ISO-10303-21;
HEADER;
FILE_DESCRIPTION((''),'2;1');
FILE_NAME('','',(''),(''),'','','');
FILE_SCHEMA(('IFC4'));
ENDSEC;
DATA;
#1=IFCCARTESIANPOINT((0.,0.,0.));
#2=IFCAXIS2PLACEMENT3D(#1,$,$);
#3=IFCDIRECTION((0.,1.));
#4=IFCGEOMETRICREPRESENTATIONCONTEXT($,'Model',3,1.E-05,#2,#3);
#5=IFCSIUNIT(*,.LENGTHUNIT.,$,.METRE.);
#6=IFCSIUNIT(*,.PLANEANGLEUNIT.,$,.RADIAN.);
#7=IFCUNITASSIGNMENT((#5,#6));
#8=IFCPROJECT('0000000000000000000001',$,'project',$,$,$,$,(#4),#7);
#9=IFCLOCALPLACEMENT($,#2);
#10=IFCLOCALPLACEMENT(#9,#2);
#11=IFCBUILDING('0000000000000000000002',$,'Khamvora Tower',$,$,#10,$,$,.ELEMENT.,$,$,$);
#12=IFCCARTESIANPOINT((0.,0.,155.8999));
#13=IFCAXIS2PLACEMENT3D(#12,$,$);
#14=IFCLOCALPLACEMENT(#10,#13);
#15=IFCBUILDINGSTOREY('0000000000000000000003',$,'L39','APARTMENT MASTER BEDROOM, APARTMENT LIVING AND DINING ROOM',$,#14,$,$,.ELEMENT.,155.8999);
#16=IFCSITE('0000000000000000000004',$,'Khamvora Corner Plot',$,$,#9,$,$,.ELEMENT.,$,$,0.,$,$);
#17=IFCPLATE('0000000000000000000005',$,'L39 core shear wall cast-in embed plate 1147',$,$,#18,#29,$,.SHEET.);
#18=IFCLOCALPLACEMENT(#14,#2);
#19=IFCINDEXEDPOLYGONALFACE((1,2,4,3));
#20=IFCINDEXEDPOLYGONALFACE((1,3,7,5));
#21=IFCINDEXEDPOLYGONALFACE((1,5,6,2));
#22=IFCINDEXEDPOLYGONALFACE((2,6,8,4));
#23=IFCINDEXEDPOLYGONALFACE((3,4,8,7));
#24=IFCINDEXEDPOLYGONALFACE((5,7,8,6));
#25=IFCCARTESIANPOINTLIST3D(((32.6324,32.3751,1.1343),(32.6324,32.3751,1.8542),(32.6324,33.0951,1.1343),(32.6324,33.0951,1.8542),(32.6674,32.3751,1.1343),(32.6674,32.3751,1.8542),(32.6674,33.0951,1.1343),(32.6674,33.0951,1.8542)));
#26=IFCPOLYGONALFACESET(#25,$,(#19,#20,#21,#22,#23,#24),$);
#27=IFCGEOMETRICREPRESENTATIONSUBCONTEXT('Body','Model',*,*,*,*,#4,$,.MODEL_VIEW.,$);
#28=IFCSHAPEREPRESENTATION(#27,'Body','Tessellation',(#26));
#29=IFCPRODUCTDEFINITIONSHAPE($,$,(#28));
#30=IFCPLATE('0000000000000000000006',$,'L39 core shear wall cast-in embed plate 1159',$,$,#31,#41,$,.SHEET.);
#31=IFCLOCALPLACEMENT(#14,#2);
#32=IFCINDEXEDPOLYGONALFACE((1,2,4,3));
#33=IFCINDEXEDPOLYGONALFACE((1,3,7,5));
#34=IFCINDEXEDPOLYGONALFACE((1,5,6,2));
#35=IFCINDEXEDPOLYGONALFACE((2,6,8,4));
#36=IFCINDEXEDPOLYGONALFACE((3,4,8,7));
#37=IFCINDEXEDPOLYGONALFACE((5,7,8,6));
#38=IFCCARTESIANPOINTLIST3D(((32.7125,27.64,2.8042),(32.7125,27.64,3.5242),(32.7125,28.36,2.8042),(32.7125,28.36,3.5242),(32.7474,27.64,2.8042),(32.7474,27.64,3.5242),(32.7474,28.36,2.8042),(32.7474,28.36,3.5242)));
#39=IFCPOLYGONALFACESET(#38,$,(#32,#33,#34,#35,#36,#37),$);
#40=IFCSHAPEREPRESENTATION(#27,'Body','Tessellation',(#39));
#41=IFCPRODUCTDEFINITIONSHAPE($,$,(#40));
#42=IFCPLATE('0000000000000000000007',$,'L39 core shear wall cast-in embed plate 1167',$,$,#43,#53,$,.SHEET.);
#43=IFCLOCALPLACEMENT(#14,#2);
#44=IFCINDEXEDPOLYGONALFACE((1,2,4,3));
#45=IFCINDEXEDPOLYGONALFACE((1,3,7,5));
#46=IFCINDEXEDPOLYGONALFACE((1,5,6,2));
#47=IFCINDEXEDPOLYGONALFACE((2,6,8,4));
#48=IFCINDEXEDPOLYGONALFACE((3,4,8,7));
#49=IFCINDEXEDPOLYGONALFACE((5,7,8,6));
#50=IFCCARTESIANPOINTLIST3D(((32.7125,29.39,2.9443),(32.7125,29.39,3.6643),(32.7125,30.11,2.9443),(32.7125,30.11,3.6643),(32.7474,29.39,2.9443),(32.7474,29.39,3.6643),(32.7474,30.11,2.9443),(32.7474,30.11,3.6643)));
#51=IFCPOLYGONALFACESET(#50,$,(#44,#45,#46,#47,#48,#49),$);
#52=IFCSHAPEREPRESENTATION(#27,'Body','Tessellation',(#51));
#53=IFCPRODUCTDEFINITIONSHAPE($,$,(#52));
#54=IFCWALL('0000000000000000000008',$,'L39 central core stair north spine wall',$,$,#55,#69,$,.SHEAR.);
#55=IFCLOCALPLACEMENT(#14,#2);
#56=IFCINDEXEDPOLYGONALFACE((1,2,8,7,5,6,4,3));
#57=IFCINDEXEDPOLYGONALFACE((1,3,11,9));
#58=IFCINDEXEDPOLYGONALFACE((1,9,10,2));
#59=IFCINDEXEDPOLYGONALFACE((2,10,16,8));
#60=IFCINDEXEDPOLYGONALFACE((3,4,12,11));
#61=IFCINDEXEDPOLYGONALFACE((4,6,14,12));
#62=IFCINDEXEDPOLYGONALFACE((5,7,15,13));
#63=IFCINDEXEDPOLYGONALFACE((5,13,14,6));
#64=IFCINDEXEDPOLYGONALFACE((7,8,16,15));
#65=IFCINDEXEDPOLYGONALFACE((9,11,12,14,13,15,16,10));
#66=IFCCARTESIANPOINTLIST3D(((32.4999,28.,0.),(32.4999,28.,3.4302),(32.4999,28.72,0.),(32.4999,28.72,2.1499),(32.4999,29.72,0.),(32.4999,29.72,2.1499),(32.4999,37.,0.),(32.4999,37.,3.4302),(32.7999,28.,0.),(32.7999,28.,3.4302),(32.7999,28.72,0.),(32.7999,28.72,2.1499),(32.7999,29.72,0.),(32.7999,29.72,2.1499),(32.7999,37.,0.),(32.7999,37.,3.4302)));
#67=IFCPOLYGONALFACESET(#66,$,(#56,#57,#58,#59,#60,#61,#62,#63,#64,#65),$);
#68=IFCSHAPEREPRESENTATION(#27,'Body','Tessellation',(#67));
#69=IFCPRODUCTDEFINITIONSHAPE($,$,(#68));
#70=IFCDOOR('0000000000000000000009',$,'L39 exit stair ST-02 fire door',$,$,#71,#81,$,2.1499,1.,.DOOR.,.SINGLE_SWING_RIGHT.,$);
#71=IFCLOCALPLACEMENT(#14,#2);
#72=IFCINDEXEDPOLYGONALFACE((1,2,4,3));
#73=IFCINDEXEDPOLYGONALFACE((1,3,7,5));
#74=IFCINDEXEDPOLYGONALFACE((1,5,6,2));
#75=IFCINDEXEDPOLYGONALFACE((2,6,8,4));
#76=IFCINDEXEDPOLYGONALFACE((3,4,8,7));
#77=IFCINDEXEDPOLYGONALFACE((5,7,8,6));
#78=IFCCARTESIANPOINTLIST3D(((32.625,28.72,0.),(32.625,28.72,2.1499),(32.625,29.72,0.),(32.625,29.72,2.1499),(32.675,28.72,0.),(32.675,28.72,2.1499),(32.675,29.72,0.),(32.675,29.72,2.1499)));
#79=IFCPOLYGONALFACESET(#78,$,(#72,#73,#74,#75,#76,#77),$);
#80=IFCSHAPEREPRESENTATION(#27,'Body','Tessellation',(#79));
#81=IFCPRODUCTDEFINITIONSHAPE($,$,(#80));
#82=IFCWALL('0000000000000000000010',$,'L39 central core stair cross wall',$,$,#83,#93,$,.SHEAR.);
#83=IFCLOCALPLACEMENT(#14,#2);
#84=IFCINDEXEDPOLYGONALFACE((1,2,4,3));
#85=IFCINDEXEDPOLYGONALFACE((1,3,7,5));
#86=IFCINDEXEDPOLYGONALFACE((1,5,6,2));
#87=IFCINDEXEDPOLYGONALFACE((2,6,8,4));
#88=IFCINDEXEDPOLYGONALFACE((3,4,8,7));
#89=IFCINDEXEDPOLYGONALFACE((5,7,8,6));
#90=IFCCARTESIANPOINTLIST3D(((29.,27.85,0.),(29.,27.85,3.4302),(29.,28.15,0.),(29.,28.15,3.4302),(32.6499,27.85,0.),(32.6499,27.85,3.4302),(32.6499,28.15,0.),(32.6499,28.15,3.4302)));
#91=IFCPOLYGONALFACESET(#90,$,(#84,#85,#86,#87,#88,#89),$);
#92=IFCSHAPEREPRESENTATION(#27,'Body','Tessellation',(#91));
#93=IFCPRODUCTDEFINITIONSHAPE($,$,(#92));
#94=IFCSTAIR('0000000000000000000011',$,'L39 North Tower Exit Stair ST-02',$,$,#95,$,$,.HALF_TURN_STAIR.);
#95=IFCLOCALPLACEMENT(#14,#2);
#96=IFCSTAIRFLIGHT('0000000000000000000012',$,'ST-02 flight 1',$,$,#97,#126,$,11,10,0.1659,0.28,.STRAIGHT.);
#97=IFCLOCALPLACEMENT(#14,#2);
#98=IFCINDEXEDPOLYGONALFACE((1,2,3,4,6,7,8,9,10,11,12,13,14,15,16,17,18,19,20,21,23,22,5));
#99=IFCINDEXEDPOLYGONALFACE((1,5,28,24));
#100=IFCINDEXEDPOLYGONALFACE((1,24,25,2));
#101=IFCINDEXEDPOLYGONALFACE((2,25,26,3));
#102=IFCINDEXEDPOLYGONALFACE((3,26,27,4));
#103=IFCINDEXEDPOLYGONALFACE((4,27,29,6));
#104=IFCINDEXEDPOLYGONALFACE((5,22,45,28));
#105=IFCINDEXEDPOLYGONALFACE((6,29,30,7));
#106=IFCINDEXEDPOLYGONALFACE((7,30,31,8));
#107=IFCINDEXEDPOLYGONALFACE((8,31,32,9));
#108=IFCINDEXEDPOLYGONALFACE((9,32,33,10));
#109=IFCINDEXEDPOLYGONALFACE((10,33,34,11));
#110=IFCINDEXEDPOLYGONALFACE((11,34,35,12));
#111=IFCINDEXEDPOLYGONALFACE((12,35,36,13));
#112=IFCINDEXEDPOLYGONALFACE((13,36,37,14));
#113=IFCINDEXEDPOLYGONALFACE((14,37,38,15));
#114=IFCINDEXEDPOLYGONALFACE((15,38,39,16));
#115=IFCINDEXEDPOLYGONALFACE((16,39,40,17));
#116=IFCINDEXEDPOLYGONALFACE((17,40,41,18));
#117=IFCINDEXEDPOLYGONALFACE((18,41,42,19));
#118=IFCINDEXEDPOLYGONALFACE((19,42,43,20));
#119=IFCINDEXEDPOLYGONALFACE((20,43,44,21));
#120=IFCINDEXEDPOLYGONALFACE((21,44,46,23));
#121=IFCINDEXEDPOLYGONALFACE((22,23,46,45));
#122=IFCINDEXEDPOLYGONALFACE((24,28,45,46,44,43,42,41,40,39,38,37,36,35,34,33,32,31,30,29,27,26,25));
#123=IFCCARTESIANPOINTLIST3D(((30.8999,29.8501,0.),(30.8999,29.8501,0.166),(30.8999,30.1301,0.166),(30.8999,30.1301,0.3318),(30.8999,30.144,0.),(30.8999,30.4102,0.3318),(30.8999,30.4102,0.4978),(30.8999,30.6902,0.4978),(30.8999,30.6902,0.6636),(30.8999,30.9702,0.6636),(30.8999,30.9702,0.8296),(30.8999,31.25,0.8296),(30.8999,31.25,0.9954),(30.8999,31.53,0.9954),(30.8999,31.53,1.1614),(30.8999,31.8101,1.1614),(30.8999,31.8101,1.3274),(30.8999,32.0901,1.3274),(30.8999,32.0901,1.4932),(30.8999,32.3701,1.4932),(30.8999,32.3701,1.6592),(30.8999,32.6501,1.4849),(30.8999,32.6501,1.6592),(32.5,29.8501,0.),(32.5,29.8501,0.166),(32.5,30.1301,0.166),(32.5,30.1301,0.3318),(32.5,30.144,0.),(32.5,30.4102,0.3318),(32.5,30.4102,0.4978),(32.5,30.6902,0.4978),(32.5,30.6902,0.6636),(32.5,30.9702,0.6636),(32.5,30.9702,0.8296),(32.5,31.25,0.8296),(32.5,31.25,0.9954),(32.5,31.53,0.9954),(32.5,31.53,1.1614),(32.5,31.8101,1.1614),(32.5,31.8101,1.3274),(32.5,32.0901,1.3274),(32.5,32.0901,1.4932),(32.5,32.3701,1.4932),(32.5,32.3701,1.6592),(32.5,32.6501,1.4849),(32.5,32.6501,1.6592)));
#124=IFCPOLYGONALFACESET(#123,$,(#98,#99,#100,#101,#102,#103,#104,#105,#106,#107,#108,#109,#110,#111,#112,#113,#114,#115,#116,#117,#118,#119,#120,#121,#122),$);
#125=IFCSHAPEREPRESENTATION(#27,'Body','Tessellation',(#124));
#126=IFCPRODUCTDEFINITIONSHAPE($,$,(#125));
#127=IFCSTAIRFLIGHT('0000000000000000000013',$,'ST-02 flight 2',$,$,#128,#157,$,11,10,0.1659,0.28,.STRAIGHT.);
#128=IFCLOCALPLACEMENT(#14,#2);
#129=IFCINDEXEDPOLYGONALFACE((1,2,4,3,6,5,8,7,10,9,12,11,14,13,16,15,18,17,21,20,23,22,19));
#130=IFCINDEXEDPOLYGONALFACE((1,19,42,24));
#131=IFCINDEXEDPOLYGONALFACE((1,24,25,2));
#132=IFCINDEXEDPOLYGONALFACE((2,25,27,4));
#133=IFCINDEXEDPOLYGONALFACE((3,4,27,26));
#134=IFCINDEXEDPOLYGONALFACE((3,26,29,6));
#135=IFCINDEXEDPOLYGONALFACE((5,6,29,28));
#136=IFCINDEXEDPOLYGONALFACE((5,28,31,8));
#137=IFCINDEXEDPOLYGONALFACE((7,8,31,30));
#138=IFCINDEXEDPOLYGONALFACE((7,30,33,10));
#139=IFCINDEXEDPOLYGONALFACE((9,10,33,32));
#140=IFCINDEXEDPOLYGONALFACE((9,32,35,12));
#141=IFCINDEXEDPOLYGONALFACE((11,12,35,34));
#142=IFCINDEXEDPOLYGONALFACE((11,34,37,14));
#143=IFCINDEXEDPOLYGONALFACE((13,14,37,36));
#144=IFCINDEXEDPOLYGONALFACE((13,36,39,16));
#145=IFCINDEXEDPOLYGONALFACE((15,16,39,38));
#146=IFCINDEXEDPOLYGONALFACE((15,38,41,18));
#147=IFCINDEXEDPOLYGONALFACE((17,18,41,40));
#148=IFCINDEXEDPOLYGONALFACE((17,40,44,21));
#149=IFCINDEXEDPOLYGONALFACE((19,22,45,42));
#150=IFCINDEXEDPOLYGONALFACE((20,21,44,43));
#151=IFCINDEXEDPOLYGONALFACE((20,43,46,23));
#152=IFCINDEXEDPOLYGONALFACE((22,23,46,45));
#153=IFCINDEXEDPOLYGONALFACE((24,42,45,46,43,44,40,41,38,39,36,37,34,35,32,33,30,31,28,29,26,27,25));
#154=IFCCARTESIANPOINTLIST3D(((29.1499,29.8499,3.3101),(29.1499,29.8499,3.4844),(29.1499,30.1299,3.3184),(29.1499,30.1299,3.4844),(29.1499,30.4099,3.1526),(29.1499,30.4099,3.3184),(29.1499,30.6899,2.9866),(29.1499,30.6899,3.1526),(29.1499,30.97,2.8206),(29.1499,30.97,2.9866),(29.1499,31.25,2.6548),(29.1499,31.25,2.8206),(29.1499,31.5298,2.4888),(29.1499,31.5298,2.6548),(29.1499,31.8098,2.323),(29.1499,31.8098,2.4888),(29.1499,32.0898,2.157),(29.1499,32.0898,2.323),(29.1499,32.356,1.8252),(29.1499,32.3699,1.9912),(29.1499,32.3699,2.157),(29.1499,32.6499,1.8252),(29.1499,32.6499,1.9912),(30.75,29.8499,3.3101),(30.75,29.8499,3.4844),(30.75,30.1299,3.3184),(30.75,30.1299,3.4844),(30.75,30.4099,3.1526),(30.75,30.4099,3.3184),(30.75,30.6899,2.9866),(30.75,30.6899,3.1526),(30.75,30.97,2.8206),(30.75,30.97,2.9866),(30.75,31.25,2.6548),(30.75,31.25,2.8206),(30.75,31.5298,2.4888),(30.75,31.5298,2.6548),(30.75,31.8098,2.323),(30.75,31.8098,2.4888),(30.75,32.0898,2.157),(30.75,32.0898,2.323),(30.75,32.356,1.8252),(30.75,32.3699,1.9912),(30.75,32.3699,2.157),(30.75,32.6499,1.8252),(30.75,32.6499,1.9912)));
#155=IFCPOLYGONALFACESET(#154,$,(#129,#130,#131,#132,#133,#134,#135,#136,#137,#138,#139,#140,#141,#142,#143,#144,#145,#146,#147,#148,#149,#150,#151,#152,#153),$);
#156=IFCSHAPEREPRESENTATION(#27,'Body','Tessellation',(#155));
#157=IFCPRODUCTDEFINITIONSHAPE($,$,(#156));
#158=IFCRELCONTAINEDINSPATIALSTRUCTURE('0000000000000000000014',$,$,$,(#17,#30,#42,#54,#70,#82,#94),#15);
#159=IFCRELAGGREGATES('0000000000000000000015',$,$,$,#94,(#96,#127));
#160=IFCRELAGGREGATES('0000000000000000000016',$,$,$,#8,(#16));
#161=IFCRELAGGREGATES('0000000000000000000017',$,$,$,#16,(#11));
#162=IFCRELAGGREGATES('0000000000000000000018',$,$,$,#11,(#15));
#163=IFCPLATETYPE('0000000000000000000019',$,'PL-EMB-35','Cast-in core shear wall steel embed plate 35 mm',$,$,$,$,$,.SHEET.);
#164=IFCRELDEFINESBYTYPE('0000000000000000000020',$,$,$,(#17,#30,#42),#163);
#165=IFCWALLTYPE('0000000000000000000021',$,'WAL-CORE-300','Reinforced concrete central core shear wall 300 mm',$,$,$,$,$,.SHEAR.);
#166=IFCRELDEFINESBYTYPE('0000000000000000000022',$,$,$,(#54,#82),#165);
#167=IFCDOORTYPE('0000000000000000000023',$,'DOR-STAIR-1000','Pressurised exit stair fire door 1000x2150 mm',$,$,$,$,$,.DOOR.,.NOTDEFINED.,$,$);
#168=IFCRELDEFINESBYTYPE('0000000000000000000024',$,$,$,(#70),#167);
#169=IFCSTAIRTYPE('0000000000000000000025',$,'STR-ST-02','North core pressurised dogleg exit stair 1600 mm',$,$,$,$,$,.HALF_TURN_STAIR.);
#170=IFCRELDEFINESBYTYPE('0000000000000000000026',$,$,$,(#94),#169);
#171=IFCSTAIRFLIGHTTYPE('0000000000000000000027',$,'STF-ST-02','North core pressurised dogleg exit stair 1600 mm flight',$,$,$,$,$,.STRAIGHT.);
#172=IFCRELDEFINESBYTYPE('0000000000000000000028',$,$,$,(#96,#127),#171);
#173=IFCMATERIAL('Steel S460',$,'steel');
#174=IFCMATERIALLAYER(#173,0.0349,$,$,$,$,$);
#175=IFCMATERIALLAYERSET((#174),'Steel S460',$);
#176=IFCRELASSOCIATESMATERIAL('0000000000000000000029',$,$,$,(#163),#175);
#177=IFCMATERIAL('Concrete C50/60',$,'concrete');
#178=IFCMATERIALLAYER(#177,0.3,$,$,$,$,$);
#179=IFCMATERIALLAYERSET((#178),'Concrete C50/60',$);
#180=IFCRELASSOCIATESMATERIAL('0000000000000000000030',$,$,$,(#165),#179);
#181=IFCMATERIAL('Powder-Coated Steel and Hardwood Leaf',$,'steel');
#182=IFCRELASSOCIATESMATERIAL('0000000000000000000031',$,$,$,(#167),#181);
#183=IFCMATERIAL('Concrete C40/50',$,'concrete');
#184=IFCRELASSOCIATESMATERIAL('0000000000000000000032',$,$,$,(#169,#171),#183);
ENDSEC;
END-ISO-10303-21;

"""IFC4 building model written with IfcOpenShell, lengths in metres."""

from ifc_helpers import new_model, si_unit, direction, frame, frame_2d, origin, origin_2d, place, context, subcontext, project, spatial, polyline, rectangle, outline, extrude, material, layer, layer_set, type_object, element, fill, aggregate, save


model = new_model("IFC4")

# Units and contexts
model_context = context("Model", 3, precision=1e-05, world=origin(), true_north=direction((0.0, 1.0)))
body_context = subcontext(model_context, "Body", "Model", "MODEL_VIEW")
ifc_project = project(units=[si_unit("LENGTHUNIT", "METRE"), si_unit("PLANEANGLEUNIT", "RADIAN")], contexts=[model_context])

# Site, building, storey
site_placement = place(None, origin())
site = spatial("IfcSite", under=ifc_project, at=site_placement, Name="Khamvora Corner Plot", CompositionType="ELEMENT", RefElevation=0.0)
building_placement = place(site_placement, origin())
building = spatial("IfcBuilding", under=site, at=building_placement, Name="Khamvora Tower", CompositionType="ELEMENT")
storey_placement = place(building_placement, frame((0.0, 0.0, 155.8999)))
storey = spatial("IfcBuildingStorey", under=building, at=storey_placement, Name="L39", Description="APARTMENT MASTER BEDROOM, APARTMENT LIVING AND DINING ROOM", CompositionType="ELEMENT", Elevation=155.8999)

# Shared definitions
ifc_material_1 = material(Name="Steel S460", Category="steel")

# Plates
ifc_layer_1 = layer(ifc_material_1, 0.0349)
ifc_layer_set_1 = layer_set([ifc_layer_1], Name="Steel S460")
plate_type = type_object("IfcPlateType", Name="PL-EMB-35", Description="Cast-in core shear wall steel embed plate 35 mm", PredefinedType="SHEET", material=ifc_layer_set_1)
for number, where, z_axis, x_axis, name in (
    (1, (32.6499, 32.7351, 1.1343), (0.0, 0.0, 1.0), (1.0, 0.0, 0.0), "L39 core shear wall cast-in embed plate 1147"),
    (2, (32.73, 28.0, 2.8042), (0.0, 0.0, 1.0), (1.0, 0.0, 0.0), "L39 core shear wall cast-in embed plate 1159"),
    (3, (32.73, 29.75, 2.9443), (0.0, 0.0, 1.0), (1.0, 0.0, 0.0), "L39 core shear wall cast-in embed plate 1167"),
):
    element("IfcPlate", number, at=place(storey_placement, frame(where, z_axis=z_axis, x_axis=x_axis)), inside=storey, type_object=plate_type, Name=name, PredefinedType="SHEET", context=body_context, shape_type="SweptSolid", body=[
        extrude(rectangle(XDim=0.0349, YDim=0.72, at=origin_2d()), origin(), (0.0, 0.0, 1.0), 0.72),
    ])

# Wall, opening, door
ifc_material_2 = material(Name="Concrete C50/60", Category="concrete")
ifc_layer_2 = layer(ifc_material_2, 0.3)
ifc_layer_set_2 = layer_set([ifc_layer_2], Name="Concrete C50/60")
wall_type = type_object("IfcWallType", Name="WAL-CORE-300", Description="Reinforced concrete central core shear wall 300 mm", PredefinedType="SHEAR", material=ifc_layer_set_2)
wall_1_placement = place(storey_placement, frame((32.6499, 28.0, 0.0), z_axis=(0.0, 0.0, 1.0), x_axis=(0.0, 1.0, 0.0)))
wall_1 = element("IfcWall", 4, at=wall_1_placement, inside=storey, type_object=wall_type, Name="L39 central core stair north spine wall", PredefinedType="SHEAR", context=body_context, shape_type="SweptSolid", body=[
    extrude(rectangle(XDim=9.0, YDim=0.3, at=frame_2d((4.5, 0.0))), origin(), (0.0, 0.0, 1.0), 3.4302),
])
opening_placement = place(wall_1_placement, frame((0.72, 0.0, 0.0)))
opening = element("IfcOpeningElement", 5, at=opening_placement, cuts=wall_1, PredefinedType="OPENING", context=body_context, shape_type="SweptSolid", body=[
    extrude(rectangle(XDim=1.0, YDim=2.1499, at=frame_2d((0.5, 1.075))), frame((0.0, 0.1599, 0.0), z_axis=(0.0, -1.0, 0.0), x_axis=(1.0, 0.0, 0.0)), (0.0, 0.0, 1.0), 0.3201),
])
ifc_material_3 = material(Name="Powder-Coated Steel and Hardwood Leaf", Category="steel")
door_type = type_object("IfcDoorType", Name="DOR-STAIR-1000", Description="Pressurised exit stair fire door 1000x2150 mm", OperationType="NOTDEFINED", PredefinedType="DOOR", material=ifc_material_3)
door_placement = place(opening_placement, origin())
door = element("IfcDoor", 6, at=door_placement, inside=storey, type_object=door_type, Name="L39 exit stair ST-02 fire door", OperationType="SINGLE_SWING_RIGHT", OverallHeight=2.1499, OverallWidth=1.0, PredefinedType="DOOR", context=body_context, shape_type="SweptSolid", body=[
    extrude(rectangle(XDim=1.0, YDim=2.1499, at=frame_2d((0.5, 1.075))), frame((0.0, 0.0249, 0.0), z_axis=(0.0, -1.0, 0.0), x_axis=(1.0, 0.0, 0.0)), (0.0, 0.0, 1.0), 0.05),
])
fill(opening, door)

# Wall
wall_2_placement = place(storey_placement, frame((29.0, 28.0, 0.0), z_axis=(0.0, 0.0, 1.0), x_axis=(1.0, 0.0, 0.0)))
element("IfcWall", 7, at=wall_2_placement, inside=storey, type_object=wall_type, Name="L39 central core stair cross wall", PredefinedType="SHEAR", context=body_context, shape_type="SweptSolid", body=[
    extrude(rectangle(XDim=3.6499, YDim=0.3, at=frame_2d((1.825, 0.0))), origin(), (0.0, 0.0, 1.0), 3.4302),
])

# Stair, stair flights
ifc_material_4 = material(Name="Concrete C40/50", Category="concrete")
stair_type = type_object("IfcStairType", Name="STR-ST-02", Description="North core pressurised dogleg exit stair 1600 mm", PredefinedType="HALF_TURN_STAIR", material=ifc_material_4)
stair_placement = place(storey_placement, origin())
stair = element("IfcStair", 8, at=stair_placement, inside=storey, type_object=stair_type, Name="L39 North Tower Exit Stair ST-02", PredefinedType="HALF_TURN_STAIR")
stair_flight_type = type_object("IfcStairFlightType", Name="STF-ST-02", Description="North core pressurised dogleg exit stair 1600 mm flight", PredefinedType="STRAIGHT", material=ifc_material_4)
stair_flight_1_placement = place(storey_placement, frame((31.7, 29.8501, 0.0), z_axis=(0.0, 0.0, 1.0), x_axis=(0.0, 1.0, 0.0)))
stair_flight_1 = element("IfcStairFlight", 9, at=stair_flight_1_placement, type_object=stair_flight_type, Name="ST-02 flight 1", NumberOfRisers=11, NumberOfTreads=10, PredefinedType="STRAIGHT", RiserHeight=0.1659, TreadLength=0.28, context=body_context, shape_type="SweptSolid", body=[
    extrude(outline(polyline([(0.0, 0.0), (0.0, 0.166), (0.28, 0.166), (0.28, 0.3318), (0.5601, 0.3318), (0.5601, 0.4978), (0.8401, 0.4978), (0.8401, 0.6636), (1.1201, 0.6636), (1.1201, 0.8296), (1.3999, 0.8296), (1.3999, 0.9954), (1.6799, 0.9954), (1.6799, 1.1614), (1.96, 1.1614), (1.96, 1.3274), (2.24, 1.3274), (2.24, 1.4932), (2.52, 1.4932), (2.52, 1.6592), (2.8, 1.6592), (2.8, 1.825), (2.8, 1.4849), (0.2939, 0.0), (0.0, 0.0)])), frame((0.0, 0.8, 0.0), z_axis=(0.0, -1.0, 0.0), x_axis=(1.0, 0.0, 0.0)), (0.0, 0.0, 1.0), 1.6001),
])
stair_flight_2_placement = place(storey_placement, frame((29.95, 32.6499, 1.8252), z_axis=(0.0, 0.0, 1.0), x_axis=(0.0, -1.0, 0.0)))
stair_flight_2 = element("IfcStairFlight", 10, at=stair_flight_2_placement, type_object=stair_flight_type, Name="ST-02 flight 2", NumberOfRisers=11, NumberOfTreads=10, PredefinedType="STRAIGHT", RiserHeight=0.1659, TreadLength=0.28, context=body_context, shape_type="SweptSolid", body=[
    extrude(outline(polyline([(0.0, 0.0), (0.0, 0.166), (0.28, 0.166), (0.28, 0.3318), (0.5601, 0.3318), (0.5601, 0.4978), (0.8401, 0.4978), (0.8401, 0.6636), (1.1201, 0.6636), (1.1201, 0.8296), (1.3999, 0.8296), (1.3999, 0.9954), (1.6799, 0.9954), (1.6799, 1.1614), (1.96, 1.1614), (1.96, 1.3274), (2.24, 1.3274), (2.24, 1.4932), (2.52, 1.4932), (2.52, 1.6592), (2.8, 1.6592), (2.8, 1.825), (2.8, 1.4849), (0.2939, 0.0), (0.0, 0.0)])), frame((0.0, 0.8, 0.0), z_axis=(0.0, -1.0, 0.0), x_axis=(1.0, 0.0, 0.0)), (0.0, 0.0, 1.0), 1.6001),
])
aggregate(stair, [stair_flight_1, stair_flight_2])

save(model, "model.ifc")
